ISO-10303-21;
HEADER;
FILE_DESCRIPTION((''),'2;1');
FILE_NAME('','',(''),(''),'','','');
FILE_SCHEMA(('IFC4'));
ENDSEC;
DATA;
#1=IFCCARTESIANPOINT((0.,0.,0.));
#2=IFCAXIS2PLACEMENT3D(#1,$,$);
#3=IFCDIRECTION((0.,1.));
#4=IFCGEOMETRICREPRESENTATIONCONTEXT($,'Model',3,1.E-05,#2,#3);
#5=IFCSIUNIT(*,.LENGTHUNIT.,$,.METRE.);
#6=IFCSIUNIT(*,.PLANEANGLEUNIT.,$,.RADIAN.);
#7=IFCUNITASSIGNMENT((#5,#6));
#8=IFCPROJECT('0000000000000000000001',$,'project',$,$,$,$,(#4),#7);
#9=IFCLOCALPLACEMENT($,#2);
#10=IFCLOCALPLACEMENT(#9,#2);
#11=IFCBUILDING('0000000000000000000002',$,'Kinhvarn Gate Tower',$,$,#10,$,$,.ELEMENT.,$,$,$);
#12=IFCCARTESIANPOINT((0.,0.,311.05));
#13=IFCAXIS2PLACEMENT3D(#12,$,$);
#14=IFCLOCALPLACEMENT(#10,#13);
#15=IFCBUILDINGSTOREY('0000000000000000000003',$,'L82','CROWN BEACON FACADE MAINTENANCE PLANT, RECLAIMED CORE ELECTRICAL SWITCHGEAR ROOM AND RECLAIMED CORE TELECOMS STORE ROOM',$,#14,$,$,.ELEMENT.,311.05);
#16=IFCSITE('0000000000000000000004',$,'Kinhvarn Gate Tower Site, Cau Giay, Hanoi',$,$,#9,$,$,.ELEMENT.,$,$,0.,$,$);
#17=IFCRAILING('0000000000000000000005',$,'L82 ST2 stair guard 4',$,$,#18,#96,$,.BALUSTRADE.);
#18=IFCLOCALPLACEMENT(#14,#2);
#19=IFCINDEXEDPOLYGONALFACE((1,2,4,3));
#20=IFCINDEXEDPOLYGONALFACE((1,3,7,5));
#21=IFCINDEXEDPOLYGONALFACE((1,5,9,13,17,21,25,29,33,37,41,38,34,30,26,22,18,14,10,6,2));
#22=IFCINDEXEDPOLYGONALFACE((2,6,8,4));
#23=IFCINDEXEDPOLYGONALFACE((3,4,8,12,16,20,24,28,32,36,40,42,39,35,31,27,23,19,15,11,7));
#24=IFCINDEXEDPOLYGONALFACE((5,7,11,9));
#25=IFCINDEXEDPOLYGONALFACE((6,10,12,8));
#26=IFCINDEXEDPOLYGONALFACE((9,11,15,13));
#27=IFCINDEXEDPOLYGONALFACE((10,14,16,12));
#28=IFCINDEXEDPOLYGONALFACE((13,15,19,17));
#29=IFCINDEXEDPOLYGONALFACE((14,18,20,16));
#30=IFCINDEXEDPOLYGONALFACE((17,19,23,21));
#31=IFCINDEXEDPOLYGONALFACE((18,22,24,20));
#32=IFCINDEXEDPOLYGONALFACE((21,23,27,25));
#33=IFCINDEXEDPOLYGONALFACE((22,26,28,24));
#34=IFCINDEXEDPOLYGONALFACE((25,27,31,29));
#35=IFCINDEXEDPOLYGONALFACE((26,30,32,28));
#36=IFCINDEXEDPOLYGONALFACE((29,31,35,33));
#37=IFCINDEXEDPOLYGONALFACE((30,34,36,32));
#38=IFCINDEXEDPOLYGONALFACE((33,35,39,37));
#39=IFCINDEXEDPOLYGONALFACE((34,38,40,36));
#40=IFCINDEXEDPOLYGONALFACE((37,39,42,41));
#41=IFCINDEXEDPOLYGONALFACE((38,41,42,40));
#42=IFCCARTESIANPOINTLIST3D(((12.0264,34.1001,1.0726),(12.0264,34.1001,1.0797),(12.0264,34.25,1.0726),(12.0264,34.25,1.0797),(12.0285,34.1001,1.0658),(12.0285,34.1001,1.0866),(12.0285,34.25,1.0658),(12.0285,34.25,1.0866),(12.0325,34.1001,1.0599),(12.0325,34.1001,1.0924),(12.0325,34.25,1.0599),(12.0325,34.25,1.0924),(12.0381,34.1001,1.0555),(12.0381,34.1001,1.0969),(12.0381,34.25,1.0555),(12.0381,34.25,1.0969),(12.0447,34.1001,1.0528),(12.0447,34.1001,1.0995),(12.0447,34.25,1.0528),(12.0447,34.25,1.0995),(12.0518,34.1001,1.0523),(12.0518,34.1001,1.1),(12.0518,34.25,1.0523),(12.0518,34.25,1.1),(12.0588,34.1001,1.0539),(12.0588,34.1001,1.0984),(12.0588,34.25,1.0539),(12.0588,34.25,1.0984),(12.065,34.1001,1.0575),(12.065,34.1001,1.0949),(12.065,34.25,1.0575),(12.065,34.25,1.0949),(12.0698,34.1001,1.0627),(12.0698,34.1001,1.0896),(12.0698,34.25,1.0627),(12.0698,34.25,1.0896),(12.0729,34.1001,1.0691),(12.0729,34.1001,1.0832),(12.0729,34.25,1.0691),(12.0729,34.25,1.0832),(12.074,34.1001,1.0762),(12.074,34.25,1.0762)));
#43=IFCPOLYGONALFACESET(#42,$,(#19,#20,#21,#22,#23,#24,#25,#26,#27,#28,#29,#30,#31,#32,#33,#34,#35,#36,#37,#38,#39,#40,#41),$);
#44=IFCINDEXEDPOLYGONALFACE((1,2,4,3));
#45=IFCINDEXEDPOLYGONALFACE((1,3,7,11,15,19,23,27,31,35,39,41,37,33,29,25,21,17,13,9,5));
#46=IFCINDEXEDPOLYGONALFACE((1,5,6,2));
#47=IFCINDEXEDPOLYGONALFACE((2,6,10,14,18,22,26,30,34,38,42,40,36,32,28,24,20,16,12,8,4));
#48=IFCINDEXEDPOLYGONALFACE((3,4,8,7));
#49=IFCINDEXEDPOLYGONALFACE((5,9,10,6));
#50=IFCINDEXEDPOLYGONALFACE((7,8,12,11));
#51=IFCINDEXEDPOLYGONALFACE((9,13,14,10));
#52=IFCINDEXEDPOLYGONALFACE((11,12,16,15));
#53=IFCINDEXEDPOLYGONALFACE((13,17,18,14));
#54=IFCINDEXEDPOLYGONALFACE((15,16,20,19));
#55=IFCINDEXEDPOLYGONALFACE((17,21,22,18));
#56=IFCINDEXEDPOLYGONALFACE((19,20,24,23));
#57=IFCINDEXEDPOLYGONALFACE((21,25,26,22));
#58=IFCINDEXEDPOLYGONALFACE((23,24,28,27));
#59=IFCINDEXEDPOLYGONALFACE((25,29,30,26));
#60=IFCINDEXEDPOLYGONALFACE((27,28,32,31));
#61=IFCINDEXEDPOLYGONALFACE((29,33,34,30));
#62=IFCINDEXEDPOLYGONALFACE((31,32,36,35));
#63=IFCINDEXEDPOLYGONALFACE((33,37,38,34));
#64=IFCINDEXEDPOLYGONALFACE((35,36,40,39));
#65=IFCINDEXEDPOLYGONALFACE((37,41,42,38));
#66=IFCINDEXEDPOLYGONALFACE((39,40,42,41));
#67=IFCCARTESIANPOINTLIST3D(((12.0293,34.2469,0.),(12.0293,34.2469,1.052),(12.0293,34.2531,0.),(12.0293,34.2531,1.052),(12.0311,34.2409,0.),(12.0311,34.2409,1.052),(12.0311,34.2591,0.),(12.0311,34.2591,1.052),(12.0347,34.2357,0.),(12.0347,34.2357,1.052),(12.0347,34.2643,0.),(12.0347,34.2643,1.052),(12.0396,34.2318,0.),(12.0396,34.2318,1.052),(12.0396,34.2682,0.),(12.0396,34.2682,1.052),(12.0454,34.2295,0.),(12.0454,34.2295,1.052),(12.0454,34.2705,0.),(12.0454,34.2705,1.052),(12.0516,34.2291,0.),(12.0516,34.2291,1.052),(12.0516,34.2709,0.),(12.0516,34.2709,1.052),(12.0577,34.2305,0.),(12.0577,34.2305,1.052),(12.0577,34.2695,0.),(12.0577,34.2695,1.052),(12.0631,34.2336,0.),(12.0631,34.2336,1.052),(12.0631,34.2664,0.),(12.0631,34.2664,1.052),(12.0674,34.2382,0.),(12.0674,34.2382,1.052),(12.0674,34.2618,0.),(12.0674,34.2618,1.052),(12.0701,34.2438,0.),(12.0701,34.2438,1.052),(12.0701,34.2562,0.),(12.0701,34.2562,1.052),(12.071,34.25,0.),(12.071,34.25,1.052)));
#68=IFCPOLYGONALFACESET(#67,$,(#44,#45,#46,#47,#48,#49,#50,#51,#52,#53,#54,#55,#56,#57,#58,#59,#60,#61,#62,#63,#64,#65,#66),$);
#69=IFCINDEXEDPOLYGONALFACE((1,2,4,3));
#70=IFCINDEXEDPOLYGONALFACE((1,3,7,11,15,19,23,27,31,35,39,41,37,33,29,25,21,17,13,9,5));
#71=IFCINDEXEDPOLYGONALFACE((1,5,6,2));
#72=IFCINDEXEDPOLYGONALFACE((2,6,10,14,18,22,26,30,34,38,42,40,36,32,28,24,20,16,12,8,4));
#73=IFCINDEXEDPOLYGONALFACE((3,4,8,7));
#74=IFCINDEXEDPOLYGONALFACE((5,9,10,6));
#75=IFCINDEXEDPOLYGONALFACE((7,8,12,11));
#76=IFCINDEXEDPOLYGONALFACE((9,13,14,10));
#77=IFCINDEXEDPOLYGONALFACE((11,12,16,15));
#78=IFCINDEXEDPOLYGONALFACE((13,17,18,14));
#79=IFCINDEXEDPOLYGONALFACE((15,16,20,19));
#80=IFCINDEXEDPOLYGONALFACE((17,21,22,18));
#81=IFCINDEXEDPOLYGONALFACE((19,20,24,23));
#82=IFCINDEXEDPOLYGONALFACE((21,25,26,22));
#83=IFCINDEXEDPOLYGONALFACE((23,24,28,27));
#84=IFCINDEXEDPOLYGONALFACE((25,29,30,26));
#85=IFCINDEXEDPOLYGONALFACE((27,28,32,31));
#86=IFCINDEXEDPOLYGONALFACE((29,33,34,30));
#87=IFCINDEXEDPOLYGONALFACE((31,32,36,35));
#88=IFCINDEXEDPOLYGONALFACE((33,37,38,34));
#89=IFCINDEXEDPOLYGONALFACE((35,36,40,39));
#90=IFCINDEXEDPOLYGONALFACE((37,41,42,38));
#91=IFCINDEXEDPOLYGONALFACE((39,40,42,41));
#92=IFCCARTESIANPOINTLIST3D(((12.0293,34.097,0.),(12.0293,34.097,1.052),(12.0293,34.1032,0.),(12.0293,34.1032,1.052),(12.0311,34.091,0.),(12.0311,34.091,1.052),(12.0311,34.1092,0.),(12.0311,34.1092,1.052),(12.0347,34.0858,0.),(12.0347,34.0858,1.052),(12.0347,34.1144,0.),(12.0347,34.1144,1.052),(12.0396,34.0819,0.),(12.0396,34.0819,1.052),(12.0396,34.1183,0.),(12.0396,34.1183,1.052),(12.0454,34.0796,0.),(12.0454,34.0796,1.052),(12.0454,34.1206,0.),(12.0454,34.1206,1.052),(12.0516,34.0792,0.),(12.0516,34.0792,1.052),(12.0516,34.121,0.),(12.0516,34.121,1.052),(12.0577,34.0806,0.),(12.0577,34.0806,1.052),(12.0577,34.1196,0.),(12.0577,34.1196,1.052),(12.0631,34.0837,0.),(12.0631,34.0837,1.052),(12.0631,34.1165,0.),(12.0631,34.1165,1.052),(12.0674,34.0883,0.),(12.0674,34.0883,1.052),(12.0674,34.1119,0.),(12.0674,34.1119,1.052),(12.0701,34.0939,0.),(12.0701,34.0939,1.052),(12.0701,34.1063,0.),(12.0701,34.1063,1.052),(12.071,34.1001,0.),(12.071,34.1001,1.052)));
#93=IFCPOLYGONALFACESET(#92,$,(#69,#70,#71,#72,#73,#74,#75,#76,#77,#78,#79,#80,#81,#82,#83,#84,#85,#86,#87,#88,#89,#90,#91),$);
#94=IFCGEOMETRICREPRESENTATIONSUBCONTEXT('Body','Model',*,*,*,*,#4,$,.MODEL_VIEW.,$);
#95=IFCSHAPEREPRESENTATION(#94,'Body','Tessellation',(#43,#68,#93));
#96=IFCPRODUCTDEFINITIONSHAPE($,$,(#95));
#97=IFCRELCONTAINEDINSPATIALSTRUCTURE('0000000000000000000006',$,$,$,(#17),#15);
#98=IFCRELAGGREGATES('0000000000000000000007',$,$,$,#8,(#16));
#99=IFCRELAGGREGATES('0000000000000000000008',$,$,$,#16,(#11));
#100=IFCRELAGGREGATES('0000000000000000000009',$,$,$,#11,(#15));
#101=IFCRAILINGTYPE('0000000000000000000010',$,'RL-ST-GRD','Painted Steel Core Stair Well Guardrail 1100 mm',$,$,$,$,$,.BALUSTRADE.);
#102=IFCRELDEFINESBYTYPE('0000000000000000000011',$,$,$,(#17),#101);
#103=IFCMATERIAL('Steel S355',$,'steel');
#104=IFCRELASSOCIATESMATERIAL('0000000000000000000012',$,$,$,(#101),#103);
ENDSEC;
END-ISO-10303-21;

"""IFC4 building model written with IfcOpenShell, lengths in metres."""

from ifc_helpers import new_model, si_unit, direction, frame, origin, origin_2d, place, context, subcontext, project, spatial, circle, extrude, material, type_object, element, save


model = new_model("IFC4")

# Units and contexts
model_context = context("Model", 3, precision=1e-05, world=origin(), true_north=direction((0.0, 1.0)))
body_context = subcontext(model_context, "Body", "Model", "MODEL_VIEW")
ifc_project = project(units=[si_unit("LENGTHUNIT", "METRE"), si_unit("PLANEANGLEUNIT", "RADIAN")], contexts=[model_context])

# Site, building, storey
site_placement = place(None, origin())
site = spatial("IfcSite", under=ifc_project, at=site_placement, Name="Kinhvarn Gate Tower Site, Cau Giay, Hanoi", CompositionType="ELEMENT", RefElevation=0.0)
building_placement = place(site_placement, origin())
building = spatial("IfcBuilding", under=site, at=building_placement, Name="Kinhvarn Gate Tower", CompositionType="ELEMENT")
storey_placement = place(building_placement, frame((0.0, 0.0, 311.05)))
storey = spatial("IfcBuildingStorey", under=building, at=storey_placement, Name="L82", Description="CROWN BEACON FACADE MAINTENANCE PLANT, RECLAIMED CORE ELECTRICAL SWITCHGEAR ROOM AND RECLAIMED CORE TELECOMS STORE ROOM", CompositionType="ELEMENT", Elevation=311.05)

# Railing
ifc_material_1 = material(Name="Steel S355", Category="steel")
railing_type_1 = type_object("IfcRailingType", Name="RL-ST-GRD", Description="Painted Steel Core Stair Well Guardrail 1100 mm", PredefinedType="BALUSTRADE", material=ifc_material_1)
railing_1_placement = place(storey_placement, frame((12.05, 34.25, 0.0)))
element("IfcRailing", 1, at=railing_1_placement, inside=storey, type_object=railing_type_1, Name="L82 ST2 stair guard 4", PredefinedType="BALUSTRADE", context=body_context, shape_type="SweptSolid", body=[
    extrude(circle(Radius=0.0239, at=origin_2d()), frame((0.0, 0.0, 1.0762), z_axis=(0.0, -1.0, 0.0), x_axis=(1.0, 0.0, 0.0)), (0.0, 0.0, 1.0), 0.1499),
    extrude(circle(Radius=0.021, at=origin_2d()), origin(), (0.0, 0.0, 1.0), 1.052),
    extrude(circle(Radius=0.021, at=origin_2d()), frame((0.0, -0.1499, 0.0)), (0.0, 0.0, 1.0), 1.052),
])

save(model, "model.ifc")
